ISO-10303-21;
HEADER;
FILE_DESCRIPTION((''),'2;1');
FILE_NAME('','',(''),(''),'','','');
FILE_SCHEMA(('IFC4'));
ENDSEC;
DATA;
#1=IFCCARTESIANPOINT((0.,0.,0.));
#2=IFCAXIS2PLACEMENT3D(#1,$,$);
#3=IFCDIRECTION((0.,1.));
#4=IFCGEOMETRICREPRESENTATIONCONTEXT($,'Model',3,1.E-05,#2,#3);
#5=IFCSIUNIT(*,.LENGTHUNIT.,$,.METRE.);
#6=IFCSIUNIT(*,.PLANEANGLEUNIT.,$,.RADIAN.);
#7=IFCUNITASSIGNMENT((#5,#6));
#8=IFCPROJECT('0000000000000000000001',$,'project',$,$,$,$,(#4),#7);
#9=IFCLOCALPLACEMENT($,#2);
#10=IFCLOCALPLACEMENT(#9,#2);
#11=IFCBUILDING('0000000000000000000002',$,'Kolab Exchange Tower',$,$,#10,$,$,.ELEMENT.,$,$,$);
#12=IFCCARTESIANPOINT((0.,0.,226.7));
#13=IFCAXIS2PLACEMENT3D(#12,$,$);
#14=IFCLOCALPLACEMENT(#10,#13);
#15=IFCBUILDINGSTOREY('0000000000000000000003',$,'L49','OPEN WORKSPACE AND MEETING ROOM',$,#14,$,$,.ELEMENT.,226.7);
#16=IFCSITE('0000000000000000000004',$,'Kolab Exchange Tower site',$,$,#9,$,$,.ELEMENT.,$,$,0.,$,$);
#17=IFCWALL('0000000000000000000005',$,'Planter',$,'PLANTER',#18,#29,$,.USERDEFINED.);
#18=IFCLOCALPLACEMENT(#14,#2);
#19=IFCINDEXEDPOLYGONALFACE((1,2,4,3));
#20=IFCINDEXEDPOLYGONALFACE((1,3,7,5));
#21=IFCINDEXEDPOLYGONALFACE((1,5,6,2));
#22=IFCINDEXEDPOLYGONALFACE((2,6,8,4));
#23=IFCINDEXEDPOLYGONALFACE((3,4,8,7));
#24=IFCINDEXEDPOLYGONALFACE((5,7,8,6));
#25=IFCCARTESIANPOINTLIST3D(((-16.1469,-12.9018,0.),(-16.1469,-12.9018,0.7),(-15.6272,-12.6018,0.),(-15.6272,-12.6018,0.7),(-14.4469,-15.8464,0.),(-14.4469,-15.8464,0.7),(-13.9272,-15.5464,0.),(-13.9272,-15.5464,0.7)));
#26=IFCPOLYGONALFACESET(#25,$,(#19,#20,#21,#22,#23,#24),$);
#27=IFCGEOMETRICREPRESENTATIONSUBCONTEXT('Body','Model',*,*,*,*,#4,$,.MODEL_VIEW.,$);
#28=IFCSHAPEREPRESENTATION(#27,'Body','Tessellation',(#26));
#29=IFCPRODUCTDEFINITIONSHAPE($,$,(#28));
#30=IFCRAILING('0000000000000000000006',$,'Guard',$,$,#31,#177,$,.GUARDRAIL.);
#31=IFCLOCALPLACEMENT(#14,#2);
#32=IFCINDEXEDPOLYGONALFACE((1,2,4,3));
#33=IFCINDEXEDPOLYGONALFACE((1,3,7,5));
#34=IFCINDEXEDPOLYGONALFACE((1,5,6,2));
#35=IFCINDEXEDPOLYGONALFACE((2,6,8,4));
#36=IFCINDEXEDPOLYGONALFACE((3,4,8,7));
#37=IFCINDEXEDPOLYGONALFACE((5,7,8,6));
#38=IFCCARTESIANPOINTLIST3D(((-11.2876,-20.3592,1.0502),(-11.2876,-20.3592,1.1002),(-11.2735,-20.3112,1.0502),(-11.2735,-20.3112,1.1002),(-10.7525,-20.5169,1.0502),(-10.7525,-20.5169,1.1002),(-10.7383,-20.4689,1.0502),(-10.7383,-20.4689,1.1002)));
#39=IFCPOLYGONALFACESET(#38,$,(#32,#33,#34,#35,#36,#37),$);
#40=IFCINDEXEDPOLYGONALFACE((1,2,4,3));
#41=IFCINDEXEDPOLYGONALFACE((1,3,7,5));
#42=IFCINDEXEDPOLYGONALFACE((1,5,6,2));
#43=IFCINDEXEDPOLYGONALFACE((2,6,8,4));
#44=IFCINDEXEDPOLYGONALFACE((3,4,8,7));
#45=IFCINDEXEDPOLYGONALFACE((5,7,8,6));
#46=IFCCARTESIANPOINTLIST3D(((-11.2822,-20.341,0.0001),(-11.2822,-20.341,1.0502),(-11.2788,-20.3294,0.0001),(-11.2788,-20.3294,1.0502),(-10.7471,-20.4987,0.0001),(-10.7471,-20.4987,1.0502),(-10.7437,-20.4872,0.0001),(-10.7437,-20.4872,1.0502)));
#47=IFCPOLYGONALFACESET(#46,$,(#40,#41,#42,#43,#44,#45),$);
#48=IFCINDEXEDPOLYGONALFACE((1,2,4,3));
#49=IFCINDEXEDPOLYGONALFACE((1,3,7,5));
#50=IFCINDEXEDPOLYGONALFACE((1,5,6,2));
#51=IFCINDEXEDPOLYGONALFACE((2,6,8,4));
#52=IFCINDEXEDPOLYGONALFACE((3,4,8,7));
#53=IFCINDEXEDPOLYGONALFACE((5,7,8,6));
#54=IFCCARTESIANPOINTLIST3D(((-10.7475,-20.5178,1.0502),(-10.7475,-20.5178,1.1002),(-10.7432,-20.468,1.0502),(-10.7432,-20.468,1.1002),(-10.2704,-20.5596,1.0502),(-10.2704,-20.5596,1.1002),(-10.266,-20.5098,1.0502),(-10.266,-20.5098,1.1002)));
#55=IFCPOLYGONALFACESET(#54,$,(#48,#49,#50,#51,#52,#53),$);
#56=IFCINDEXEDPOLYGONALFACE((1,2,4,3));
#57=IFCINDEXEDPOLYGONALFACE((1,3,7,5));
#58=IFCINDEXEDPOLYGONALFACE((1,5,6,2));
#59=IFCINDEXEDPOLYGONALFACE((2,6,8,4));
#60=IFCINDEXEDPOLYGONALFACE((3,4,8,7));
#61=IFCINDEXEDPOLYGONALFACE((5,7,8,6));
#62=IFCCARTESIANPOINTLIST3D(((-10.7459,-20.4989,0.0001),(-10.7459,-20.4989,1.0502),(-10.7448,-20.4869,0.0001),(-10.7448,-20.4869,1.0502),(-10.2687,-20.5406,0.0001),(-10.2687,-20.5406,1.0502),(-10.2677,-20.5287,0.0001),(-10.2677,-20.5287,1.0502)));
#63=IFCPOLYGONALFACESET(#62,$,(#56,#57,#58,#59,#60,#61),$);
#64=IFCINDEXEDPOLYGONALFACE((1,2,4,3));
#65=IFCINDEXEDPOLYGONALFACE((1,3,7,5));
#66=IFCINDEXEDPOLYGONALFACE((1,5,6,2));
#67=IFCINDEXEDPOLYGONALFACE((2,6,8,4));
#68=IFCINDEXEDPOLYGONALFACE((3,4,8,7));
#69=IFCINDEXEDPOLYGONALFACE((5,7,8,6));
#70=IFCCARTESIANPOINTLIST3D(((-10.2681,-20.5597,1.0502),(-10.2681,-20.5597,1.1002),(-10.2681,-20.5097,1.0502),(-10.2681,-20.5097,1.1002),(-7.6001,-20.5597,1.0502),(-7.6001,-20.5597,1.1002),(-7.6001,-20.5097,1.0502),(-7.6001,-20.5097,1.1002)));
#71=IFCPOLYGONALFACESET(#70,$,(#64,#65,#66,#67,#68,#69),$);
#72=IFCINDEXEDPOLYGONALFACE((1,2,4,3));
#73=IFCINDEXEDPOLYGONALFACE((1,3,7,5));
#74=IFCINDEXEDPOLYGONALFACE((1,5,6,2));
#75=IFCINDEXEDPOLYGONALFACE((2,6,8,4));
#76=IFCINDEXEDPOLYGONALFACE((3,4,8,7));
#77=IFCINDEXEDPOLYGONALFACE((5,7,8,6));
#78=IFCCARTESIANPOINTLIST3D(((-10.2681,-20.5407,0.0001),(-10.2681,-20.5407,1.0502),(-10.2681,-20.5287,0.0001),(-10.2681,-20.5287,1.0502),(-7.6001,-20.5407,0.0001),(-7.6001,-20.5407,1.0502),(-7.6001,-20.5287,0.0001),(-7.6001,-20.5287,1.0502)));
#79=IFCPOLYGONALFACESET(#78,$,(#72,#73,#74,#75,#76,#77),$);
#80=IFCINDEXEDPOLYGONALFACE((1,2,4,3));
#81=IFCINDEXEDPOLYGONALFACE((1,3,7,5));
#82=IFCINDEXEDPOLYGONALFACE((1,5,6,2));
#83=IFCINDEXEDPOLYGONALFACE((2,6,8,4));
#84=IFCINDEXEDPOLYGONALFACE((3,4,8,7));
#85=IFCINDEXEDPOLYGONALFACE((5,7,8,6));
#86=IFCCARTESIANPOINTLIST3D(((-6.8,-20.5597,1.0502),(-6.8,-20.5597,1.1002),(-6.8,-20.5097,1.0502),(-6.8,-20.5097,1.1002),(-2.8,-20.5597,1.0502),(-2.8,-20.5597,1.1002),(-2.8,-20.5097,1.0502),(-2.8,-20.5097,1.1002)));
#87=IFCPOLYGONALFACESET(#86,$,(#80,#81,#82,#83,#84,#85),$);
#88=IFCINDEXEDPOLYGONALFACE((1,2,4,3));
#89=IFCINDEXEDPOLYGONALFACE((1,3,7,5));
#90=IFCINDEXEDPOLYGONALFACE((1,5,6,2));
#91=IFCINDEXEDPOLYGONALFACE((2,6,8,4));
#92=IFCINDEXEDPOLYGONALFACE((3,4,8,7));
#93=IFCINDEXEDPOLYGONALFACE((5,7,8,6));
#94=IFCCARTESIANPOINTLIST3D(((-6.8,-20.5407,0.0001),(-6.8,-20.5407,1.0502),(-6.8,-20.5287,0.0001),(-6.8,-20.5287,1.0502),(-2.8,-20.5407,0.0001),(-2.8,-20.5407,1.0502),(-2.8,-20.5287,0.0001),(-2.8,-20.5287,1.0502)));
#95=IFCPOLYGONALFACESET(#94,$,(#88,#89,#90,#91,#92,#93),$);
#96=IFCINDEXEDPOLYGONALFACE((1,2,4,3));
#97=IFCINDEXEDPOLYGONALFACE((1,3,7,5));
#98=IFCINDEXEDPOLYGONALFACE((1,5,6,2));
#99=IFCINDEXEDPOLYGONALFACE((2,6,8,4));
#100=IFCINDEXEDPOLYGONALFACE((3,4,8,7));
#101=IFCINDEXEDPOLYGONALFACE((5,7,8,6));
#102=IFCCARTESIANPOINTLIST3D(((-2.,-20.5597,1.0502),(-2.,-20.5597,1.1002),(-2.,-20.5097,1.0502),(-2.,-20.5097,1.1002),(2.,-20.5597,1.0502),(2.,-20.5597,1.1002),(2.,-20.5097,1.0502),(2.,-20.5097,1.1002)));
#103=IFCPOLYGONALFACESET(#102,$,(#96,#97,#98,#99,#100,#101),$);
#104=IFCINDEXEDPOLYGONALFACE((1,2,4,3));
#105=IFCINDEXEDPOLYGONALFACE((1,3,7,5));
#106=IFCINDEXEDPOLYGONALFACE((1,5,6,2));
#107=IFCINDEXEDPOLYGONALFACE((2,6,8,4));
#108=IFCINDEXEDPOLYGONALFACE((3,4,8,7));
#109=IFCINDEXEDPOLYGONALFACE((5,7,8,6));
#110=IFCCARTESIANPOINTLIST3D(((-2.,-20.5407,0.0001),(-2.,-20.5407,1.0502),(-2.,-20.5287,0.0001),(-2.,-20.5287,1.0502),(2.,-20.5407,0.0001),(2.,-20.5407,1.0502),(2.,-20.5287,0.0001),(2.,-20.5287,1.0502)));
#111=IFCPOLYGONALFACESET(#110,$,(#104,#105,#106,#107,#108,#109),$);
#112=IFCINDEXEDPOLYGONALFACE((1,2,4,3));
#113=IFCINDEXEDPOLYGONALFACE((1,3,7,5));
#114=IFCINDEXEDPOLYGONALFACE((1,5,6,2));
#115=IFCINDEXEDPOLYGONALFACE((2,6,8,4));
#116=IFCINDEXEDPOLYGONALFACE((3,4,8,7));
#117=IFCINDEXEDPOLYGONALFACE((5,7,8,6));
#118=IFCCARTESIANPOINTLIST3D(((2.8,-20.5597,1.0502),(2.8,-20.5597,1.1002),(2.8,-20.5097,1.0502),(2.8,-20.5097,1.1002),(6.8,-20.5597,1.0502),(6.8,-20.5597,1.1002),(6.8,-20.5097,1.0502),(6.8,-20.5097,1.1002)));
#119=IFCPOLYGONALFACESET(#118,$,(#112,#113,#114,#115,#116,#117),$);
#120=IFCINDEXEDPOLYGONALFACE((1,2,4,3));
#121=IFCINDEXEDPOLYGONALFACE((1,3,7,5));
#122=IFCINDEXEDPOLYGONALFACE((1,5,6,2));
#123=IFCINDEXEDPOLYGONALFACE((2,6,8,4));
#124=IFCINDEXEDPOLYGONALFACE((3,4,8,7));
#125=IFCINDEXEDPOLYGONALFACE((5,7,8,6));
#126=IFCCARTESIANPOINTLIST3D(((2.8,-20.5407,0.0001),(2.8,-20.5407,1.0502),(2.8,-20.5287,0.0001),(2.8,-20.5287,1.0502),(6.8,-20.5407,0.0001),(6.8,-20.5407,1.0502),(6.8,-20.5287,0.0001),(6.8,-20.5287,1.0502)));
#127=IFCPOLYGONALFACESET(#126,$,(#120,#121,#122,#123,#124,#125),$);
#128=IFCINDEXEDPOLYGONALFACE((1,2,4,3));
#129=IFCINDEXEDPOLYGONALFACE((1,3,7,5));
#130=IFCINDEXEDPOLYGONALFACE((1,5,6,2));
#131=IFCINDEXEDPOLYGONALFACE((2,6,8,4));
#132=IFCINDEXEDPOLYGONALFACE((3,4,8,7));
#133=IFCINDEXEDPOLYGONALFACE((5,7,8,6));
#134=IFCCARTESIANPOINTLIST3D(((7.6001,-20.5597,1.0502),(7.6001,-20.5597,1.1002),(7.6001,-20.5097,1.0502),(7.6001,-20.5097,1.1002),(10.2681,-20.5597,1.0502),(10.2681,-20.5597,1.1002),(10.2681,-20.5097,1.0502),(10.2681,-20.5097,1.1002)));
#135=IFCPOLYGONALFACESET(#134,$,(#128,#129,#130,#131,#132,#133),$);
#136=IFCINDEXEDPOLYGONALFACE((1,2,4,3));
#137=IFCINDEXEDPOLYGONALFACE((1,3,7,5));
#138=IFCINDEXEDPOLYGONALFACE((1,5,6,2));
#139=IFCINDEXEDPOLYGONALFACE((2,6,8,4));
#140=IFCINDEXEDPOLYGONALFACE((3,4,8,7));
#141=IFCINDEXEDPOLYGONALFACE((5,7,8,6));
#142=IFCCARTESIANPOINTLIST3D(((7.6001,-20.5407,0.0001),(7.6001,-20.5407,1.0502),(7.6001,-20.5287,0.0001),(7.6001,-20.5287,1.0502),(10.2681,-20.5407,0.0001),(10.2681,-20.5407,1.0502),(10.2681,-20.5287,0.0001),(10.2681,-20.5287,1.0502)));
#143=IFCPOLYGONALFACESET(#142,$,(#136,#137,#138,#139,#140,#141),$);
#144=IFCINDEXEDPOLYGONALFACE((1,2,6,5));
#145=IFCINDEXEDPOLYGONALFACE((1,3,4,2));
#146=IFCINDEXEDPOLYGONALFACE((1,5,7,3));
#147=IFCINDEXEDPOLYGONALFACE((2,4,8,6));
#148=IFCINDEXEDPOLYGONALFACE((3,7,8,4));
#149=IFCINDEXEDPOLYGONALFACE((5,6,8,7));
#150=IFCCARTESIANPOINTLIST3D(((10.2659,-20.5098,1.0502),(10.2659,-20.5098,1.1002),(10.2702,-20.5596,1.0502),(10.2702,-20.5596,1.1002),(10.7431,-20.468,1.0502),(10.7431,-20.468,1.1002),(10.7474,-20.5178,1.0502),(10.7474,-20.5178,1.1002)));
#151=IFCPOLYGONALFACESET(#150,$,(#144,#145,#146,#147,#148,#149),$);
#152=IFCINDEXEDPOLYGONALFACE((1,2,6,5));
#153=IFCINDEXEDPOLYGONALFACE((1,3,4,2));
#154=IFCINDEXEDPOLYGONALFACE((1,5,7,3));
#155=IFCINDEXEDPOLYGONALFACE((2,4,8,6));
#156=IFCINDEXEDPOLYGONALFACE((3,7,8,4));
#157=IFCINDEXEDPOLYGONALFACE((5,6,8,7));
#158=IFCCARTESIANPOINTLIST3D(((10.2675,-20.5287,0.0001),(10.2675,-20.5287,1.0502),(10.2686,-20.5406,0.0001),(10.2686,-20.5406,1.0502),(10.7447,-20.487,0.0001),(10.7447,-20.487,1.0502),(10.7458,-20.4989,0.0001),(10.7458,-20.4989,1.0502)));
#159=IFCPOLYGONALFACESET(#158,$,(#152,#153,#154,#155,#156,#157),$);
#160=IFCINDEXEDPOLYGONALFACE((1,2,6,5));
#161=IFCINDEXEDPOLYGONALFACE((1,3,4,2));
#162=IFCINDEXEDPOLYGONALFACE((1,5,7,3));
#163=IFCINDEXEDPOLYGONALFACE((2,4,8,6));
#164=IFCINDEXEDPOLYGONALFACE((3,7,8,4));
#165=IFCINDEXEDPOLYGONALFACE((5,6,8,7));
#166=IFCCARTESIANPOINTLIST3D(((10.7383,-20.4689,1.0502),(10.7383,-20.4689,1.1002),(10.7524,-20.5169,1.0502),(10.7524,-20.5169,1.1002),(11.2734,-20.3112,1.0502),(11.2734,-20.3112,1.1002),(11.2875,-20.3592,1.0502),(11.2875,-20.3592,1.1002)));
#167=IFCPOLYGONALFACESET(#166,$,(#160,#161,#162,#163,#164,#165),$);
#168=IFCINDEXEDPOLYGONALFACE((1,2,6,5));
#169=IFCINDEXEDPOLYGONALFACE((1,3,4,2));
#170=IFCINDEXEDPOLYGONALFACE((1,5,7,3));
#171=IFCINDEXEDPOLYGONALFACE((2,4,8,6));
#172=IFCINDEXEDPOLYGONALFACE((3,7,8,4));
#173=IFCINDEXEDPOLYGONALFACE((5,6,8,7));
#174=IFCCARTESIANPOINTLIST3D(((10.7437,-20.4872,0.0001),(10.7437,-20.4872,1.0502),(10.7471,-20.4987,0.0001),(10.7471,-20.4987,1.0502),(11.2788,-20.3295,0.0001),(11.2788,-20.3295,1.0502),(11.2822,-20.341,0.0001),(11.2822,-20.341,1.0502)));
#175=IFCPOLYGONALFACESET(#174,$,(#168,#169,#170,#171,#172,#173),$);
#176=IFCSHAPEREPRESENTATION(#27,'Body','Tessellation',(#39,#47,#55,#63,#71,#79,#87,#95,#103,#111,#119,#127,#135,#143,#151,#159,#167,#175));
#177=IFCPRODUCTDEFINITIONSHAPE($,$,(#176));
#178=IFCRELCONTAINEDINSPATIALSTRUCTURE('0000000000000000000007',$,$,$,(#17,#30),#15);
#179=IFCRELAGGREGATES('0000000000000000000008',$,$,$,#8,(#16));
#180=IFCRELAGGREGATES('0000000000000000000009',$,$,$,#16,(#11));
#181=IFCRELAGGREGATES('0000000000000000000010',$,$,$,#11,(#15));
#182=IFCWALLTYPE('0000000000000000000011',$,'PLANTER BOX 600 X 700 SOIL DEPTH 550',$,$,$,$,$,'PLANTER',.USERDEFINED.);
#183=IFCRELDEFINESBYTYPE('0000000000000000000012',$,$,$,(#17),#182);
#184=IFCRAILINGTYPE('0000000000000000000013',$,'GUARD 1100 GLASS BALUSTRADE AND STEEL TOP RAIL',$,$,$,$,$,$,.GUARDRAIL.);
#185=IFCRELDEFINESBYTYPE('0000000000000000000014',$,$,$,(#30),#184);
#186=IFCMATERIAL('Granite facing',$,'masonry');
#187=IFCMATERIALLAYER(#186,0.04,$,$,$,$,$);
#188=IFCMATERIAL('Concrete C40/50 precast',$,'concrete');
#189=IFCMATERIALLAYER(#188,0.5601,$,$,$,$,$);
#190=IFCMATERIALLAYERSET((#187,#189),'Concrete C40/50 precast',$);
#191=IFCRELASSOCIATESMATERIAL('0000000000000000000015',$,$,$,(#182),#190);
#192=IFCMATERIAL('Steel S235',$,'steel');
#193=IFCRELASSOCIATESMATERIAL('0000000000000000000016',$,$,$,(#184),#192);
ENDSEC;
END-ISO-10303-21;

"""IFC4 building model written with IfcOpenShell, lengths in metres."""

from ifc_helpers import new_model, si_unit, direction, frame, frame_2d, origin, origin_2d, place, context, subcontext, project, spatial, rectangle, extrude, material, layer, layer_set, type_object, element, save


model = new_model("IFC4")

# Units and contexts
model_context = context("Model", 3, precision=1e-05, world=origin(), true_north=direction((0.0, 1.0)))
body_context = subcontext(model_context, "Body", "Model", "MODEL_VIEW")
ifc_project = project(units=[si_unit("LENGTHUNIT", "METRE"), si_unit("PLANEANGLEUNIT", "RADIAN")], contexts=[model_context])

# Site, building, storey
site_placement = place(None, origin())
site = spatial("IfcSite", under=ifc_project, at=site_placement, Name="Kolab Exchange Tower site", CompositionType="ELEMENT", RefElevation=0.0)
building_placement = place(site_placement, origin())
building = spatial("IfcBuilding", under=site, at=building_placement, Name="Kolab Exchange Tower", CompositionType="ELEMENT")
storey_placement = place(building_placement, frame((0.0, 0.0, 226.7)))
storey = spatial("IfcBuildingStorey", under=building, at=storey_placement, Name="L49", Description="OPEN WORKSPACE AND MEETING ROOM", CompositionType="ELEMENT", Elevation=226.7)

# Shared definitions
ifc_material_1 = material(Name="Steel S235", Category="steel")

# Wall
ifc_material_2 = material(Name="Granite facing", Category="masonry")
ifc_layer_1 = layer(ifc_material_2, 0.04)
ifc_material_3 = material(Name="Concrete C40/50 precast", Category="concrete")
ifc_layer_2 = layer(ifc_material_3, 0.5601)
ifc_layer_set_1 = layer_set([ifc_layer_1, ifc_layer_2], Name="Concrete C40/50 precast")
wall_type_1 = type_object("IfcWallType", Name="PLANTER BOX 600 X 700 SOIL DEPTH 550", ElementType="PLANTER", PredefinedType="USERDEFINED", material=ifc_layer_set_1)
wall_1_placement = place(storey_placement, frame((-14.187, -15.6965, 0.0), z_axis=(0.0, 0.0, 1.0), x_axis=(-0.499977, 0.866039, 0.0)))
element("IfcWall", 1, at=wall_1_placement, inside=storey, type_object=wall_type_1, Name="Planter", ObjectType="PLANTER", PredefinedType="USERDEFINED", context=body_context, shape_type="SweptSolid", body=[
    extrude(rectangle(XDim=3.4001, YDim=0.6001, at=frame_2d((1.7002, 0.0))), origin(), (0.0, 0.0, 1.0), 0.7),
])

# Railing
railing_type = type_object("IfcRailingType", Name="GUARD 1100 GLASS BALUSTRADE AND STEEL TOP RAIL", PredefinedType="GUARDRAIL", material=ifc_material_1)
railing_placement = place(storey_placement, frame((-11.2805, -20.3352, 0.0)))
element("IfcRailing", 2, at=railing_placement, inside=storey, type_object=railing_type, Name="Guard", PredefinedType="GUARDRAIL", context=body_context, shape_type="SweptSolid", body=[
    extrude(rectangle(XDim=0.05, YDim=0.05, at=origin_2d()), frame((0.0, 0.0, 1.0752), z_axis=(0.959212, -0.282687, 0.0), x_axis=(0.282687, 0.959212, 0.0)), (0.0, 0.0, 1.0), 0.5579),
    extrude(rectangle(XDim=0.012, YDim=1.0501, at=frame_2d((0.0, 0.5251))), frame((0.0, 0.0, 0.0), z_axis=(0.959212, -0.282687, 0.0), x_axis=(0.282687, 0.959212, 0.0)), (0.0, 0.0, 1.0), 0.5579),
    extrude(rectangle(XDim=0.05, YDim=0.05, at=origin_2d()), frame((0.5352, -0.1577, 1.0752), z_axis=(0.996196, -0.087135, 0.0), x_axis=(0.087135, 0.996196, 0.0)), (0.0, 0.0, 1.0), 0.479),
    extrude(rectangle(XDim=0.012, YDim=1.0501, at=frame_2d((0.0, 0.5251))), frame((0.5352, -0.1577, 0.0), z_axis=(0.996196, -0.087135, 0.0), x_axis=(0.087135, 0.996196, 0.0)), (0.0, 0.0, 1.0), 0.479),
    extrude(rectangle(XDim=0.05, YDim=0.05, at=origin_2d()), frame((1.0125, -0.1995, 1.0752), z_axis=(1.0, 0.0, 0.0), x_axis=(0.0, 1.0, 0.0)), (0.0, 0.0, 1.0), 2.668),
    extrude(rectangle(XDim=0.012, YDim=1.0501, at=frame_2d((0.0, 0.5251))), frame((1.0125, -0.1995, 0.0), z_axis=(1.0, 0.0, 0.0), x_axis=(0.0, 1.0, 0.0)), (0.0, 0.0, 1.0), 2.668),
    extrude(rectangle(XDim=0.05, YDim=0.05, at=origin_2d()), frame((4.4805, -0.1995, 1.0752), z_axis=(1.0, 0.0, 0.0), x_axis=(0.0, 1.0, 0.0)), (0.0, 0.0, 1.0), 4.0),
    extrude(rectangle(XDim=0.012, YDim=1.0501, at=frame_2d((0.0, 0.5251))), frame((4.4805, -0.1995, 0.0), z_axis=(1.0, 0.0, 0.0), x_axis=(0.0, 1.0, 0.0)), (0.0, 0.0, 1.0), 4.0),
    extrude(rectangle(XDim=0.05, YDim=0.05, at=origin_2d()), frame((9.2805, -0.1995, 1.0752), z_axis=(1.0, 0.0, 0.0), x_axis=(0.0, 1.0, 0.0)), (0.0, 0.0, 1.0), 4.0),
    extrude(rectangle(XDim=0.012, YDim=1.0501, at=frame_2d((0.0, 0.5251))), frame((9.2805, -0.1995, 0.0), z_axis=(1.0, 0.0, 0.0), x_axis=(0.0, 1.0, 0.0)), (0.0, 0.0, 1.0), 4.0),
    extrude(rectangle(XDim=0.05, YDim=0.05, at=origin_2d()), frame((14.0806, -0.1995, 1.0752), z_axis=(1.0, 0.0, 0.0), x_axis=(0.0, 1.0, 0.0)), (0.0, 0.0, 1.0), 4.0),
    extrude(rectangle(XDim=0.012, YDim=1.0501, at=frame_2d((0.0, 0.5251))), frame((14.0806, -0.1995, 0.0), z_axis=(1.0, 0.0, 0.0), x_axis=(0.0, 1.0, 0.0)), (0.0, 0.0, 1.0), 4.0),
    extrude(rectangle(XDim=0.05, YDim=0.05, at=origin_2d()), frame((18.8806, -0.1995, 1.0752), z_axis=(1.0, 0.0, 0.0), x_axis=(0.0, 1.0, 0.0)), (0.0, 0.0, 1.0), 2.668),
    extrude(rectangle(XDim=0.012, YDim=1.0501, at=frame_2d((0.0, 0.5251))), frame((18.8806, -0.1995, 0.0), z_axis=(1.0, 0.0, 0.0), x_axis=(0.0, 1.0, 0.0)), (0.0, 0.0, 1.0), 2.668),
    extrude(rectangle(XDim=0.05, YDim=0.05, at=origin_2d()), frame((21.5486, -0.1995, 1.0752), z_axis=(0.996196, 0.087135, 0.0), x_axis=(-0.087135, 0.996196, 0.0)), (0.0, 0.0, 1.0), 0.479),
    extrude(rectangle(XDim=0.012, YDim=1.0501, at=frame_2d((0.0, 0.5251))), frame((21.5486, -0.1995, 0.0), z_axis=(0.996196, 0.087135, 0.0), x_axis=(-0.087135, 0.996196, 0.0)), (0.0, 0.0, 1.0), 0.479),
    extrude(rectangle(XDim=0.05, YDim=0.05, at=origin_2d()), frame((22.0259, -0.1577, 1.0752), z_axis=(0.959212, 0.282687, 0.0), x_axis=(-0.282687, 0.959212, 0.0)), (0.0, 0.0, 1.0), 0.5579),
    extrude(rectangle(XDim=0.012, YDim=1.0501, at=frame_2d((0.0, 0.5251))), frame((22.0259, -0.1577, 0.0), z_axis=(0.959212, 0.282687, 0.0), x_axis=(-0.282687, 0.959212, 0.0)), (0.0, 0.0, 1.0), 0.5579),
])

save(model, "model.ifc")
